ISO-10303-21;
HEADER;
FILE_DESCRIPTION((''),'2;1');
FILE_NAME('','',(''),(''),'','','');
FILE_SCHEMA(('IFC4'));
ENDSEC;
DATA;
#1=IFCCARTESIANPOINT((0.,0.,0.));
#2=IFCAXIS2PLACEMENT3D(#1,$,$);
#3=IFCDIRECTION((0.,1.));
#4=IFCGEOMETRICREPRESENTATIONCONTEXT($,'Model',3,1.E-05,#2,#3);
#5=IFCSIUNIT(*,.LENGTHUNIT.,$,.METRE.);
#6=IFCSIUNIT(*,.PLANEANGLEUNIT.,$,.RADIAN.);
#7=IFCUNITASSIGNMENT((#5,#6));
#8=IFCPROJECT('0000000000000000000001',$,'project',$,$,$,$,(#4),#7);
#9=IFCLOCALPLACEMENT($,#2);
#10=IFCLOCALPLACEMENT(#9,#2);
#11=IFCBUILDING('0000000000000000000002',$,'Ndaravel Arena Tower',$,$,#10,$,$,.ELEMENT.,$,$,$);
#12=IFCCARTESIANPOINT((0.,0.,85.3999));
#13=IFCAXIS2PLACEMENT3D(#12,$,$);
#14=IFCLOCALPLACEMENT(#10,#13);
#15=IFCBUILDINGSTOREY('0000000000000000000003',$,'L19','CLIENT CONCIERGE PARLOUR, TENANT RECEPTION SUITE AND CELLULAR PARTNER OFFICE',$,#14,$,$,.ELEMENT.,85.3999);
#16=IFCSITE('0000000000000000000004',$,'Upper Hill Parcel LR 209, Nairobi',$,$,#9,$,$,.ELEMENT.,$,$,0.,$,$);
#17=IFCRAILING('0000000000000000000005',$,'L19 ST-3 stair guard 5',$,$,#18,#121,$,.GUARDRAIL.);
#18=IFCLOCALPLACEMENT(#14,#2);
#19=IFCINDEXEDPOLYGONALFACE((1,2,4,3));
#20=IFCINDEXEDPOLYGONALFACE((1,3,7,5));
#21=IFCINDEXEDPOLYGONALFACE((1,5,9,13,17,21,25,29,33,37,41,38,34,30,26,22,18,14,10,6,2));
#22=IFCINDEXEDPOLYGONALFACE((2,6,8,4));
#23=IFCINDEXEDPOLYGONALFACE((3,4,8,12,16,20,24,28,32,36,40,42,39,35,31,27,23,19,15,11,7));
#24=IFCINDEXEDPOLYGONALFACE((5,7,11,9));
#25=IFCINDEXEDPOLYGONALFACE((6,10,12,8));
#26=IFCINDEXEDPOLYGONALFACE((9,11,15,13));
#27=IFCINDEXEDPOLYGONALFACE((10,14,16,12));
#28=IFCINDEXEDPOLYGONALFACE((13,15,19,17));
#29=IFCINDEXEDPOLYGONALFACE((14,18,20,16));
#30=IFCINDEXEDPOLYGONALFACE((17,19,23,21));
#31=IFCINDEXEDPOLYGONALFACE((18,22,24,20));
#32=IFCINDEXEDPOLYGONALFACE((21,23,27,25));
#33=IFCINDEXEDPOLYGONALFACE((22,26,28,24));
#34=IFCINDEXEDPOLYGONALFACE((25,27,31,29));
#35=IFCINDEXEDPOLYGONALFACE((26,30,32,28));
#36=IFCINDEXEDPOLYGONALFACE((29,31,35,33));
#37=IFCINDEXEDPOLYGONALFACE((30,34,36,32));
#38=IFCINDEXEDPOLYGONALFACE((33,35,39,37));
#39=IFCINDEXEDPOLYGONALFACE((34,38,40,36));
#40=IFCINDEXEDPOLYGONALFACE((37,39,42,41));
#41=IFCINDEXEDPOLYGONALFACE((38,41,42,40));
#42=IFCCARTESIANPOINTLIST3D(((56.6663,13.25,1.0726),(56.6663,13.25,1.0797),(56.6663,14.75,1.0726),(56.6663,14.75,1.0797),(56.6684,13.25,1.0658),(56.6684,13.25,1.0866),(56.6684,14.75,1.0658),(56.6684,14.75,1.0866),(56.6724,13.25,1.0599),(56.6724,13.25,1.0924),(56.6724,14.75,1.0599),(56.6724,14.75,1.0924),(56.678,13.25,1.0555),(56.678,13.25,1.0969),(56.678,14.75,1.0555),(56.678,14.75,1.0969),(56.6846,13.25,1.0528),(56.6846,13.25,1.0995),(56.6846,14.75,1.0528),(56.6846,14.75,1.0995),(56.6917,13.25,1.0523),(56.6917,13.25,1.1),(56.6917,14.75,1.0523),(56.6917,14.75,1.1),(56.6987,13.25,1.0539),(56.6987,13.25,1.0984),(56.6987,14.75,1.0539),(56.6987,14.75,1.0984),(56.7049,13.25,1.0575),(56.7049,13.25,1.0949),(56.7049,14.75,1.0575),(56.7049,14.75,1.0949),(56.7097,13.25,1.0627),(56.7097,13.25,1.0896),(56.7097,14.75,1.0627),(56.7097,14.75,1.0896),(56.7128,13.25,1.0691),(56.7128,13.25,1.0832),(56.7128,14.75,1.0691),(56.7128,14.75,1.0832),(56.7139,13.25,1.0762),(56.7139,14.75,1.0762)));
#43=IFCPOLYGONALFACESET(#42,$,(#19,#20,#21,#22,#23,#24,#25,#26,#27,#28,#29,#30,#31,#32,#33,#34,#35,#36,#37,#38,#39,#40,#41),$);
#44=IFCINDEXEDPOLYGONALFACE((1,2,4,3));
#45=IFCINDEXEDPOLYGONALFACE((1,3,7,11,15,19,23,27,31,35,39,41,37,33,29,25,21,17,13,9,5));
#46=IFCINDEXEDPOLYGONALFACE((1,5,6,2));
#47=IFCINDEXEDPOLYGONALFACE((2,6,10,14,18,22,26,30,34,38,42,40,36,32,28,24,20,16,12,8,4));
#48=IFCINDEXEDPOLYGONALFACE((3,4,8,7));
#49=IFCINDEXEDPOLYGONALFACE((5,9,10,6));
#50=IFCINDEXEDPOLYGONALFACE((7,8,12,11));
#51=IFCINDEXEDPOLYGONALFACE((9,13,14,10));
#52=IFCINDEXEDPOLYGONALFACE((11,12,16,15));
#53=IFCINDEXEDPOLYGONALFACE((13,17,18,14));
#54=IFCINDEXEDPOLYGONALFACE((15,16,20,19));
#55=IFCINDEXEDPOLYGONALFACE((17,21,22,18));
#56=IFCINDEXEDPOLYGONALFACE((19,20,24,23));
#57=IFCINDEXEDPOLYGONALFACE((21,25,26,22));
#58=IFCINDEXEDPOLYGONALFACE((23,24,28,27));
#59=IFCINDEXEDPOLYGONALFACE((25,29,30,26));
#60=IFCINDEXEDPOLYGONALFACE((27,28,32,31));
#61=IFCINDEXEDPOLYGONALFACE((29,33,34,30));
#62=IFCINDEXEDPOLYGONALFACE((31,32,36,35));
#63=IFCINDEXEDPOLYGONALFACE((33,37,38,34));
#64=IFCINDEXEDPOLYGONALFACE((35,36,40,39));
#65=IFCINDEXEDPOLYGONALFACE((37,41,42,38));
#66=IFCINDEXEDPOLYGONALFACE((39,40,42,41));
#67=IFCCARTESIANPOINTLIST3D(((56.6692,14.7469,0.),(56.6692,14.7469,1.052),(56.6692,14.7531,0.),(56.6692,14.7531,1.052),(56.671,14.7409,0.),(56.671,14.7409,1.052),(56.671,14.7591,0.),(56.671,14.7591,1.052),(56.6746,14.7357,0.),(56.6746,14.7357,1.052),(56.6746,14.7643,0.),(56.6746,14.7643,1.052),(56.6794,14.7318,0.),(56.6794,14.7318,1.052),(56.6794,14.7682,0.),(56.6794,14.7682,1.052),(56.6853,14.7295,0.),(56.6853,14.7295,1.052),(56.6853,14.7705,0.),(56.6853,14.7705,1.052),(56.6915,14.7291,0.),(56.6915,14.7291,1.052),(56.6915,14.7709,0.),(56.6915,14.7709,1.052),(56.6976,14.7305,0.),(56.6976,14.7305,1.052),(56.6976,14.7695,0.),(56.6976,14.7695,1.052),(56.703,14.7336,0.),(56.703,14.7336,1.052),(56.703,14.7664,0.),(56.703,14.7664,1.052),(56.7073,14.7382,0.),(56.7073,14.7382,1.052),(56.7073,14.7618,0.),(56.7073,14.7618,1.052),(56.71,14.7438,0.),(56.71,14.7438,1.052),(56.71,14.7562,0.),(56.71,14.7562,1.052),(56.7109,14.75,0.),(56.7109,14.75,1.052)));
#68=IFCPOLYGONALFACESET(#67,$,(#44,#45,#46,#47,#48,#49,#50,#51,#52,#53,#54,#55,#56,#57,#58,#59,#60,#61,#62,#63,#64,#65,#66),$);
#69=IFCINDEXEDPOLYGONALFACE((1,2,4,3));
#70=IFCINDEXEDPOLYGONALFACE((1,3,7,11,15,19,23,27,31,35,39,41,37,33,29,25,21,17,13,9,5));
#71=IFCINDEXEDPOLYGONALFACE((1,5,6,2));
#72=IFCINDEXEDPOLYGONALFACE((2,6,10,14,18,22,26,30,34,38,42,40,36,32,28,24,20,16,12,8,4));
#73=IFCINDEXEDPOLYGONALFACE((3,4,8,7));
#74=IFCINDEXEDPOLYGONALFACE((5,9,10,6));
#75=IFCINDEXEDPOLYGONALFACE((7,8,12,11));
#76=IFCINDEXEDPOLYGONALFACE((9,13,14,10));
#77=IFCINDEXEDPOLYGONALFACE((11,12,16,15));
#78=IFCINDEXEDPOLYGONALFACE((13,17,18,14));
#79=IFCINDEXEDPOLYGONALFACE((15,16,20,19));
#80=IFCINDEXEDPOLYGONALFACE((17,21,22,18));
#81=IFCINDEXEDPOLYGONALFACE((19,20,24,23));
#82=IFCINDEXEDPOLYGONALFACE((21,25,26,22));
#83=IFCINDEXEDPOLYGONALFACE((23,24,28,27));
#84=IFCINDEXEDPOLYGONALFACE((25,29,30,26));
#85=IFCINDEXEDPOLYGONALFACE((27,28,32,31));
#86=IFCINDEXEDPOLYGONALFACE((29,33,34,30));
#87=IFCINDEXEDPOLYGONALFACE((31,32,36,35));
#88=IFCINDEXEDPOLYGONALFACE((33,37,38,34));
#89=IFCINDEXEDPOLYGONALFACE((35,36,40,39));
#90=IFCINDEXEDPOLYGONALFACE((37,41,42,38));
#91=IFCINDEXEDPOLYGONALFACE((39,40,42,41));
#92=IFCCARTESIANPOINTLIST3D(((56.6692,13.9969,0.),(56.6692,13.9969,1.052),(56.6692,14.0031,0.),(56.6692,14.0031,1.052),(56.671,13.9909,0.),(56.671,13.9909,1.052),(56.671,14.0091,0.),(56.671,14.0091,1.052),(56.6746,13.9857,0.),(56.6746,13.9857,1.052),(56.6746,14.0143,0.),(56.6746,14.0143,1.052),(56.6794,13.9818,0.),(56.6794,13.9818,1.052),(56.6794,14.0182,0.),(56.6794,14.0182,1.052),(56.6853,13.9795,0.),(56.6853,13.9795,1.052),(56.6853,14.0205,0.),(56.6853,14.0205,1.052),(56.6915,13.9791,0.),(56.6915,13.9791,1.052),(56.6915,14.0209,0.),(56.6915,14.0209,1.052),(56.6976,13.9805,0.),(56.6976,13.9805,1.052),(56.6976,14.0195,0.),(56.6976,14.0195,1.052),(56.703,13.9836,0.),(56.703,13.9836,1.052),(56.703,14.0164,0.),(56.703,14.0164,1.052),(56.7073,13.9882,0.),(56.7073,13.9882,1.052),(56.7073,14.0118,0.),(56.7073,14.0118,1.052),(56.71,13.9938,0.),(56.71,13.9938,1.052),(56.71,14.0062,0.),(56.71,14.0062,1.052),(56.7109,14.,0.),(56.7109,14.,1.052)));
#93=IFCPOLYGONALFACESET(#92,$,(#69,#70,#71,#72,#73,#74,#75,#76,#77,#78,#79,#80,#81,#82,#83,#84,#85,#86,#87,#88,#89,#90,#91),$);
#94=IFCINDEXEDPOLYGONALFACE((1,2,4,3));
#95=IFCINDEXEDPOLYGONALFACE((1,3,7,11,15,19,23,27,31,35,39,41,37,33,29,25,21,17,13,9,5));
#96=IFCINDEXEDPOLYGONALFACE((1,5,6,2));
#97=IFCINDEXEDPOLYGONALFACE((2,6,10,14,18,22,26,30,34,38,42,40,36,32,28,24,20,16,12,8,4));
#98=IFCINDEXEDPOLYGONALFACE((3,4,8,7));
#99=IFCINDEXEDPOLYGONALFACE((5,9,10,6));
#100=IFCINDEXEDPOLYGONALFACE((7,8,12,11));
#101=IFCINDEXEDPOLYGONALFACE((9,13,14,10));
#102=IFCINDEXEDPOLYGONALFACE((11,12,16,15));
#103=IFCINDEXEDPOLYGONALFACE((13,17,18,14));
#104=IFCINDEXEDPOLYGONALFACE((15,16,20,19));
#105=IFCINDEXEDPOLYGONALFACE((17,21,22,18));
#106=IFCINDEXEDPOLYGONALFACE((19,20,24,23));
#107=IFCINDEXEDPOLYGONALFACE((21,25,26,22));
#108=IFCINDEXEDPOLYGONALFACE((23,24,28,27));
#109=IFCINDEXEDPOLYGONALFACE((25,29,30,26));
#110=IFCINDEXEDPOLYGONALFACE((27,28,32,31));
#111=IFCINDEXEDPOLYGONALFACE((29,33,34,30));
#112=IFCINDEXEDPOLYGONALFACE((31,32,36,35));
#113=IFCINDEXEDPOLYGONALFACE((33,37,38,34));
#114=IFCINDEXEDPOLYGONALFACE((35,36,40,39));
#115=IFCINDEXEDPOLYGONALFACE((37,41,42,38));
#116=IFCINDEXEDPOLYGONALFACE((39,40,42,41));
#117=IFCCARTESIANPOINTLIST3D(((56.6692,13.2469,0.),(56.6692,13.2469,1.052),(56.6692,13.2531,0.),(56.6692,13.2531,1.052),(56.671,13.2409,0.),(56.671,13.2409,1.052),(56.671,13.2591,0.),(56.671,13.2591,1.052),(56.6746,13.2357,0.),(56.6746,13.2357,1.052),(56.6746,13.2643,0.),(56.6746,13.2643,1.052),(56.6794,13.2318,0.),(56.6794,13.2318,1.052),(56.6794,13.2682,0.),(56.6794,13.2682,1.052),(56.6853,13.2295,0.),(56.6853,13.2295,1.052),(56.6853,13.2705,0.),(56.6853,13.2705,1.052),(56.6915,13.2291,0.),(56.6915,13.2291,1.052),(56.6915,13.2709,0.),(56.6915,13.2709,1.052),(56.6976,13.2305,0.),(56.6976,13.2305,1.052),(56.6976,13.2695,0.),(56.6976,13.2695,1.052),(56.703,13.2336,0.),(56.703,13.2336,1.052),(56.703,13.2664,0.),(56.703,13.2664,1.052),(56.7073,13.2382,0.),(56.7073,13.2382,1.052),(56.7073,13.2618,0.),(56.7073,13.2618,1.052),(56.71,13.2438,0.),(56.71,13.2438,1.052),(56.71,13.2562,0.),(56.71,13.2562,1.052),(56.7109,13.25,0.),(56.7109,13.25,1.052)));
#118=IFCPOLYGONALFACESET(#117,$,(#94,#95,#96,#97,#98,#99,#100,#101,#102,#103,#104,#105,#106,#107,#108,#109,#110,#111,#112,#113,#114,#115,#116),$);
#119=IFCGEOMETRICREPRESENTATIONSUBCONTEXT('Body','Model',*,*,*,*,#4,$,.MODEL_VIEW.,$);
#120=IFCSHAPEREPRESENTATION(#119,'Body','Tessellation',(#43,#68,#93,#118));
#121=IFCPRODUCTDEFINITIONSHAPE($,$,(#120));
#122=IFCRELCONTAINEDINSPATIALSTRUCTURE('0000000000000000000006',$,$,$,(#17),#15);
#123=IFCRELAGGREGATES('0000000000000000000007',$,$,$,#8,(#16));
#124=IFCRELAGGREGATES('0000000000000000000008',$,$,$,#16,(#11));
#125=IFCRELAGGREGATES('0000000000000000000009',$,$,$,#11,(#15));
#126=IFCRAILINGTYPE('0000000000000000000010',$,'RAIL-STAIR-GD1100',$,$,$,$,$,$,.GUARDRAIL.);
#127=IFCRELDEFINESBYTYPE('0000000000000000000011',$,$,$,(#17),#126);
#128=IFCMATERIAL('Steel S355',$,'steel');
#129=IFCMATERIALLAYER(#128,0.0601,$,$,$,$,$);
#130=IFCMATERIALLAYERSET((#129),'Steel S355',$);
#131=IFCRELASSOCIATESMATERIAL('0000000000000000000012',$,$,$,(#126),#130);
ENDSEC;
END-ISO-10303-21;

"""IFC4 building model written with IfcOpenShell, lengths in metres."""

from ifc_helpers import new_model, si_unit, direction, frame, origin, origin_2d, place, context, subcontext, project, spatial, circle, extrude, material, layer, layer_set, type_object, element, save


model = new_model("IFC4")

# Units and contexts
model_context = context("Model", 3, precision=1e-05, world=origin(), true_north=direction((0.0, 1.0)))
body_context = subcontext(model_context, "Body", "Model", "MODEL_VIEW")
ifc_project = project(units=[si_unit("LENGTHUNIT", "METRE"), si_unit("PLANEANGLEUNIT", "RADIAN")], contexts=[model_context])

# Site, building, storey
site_placement = place(None, origin())
site = spatial("IfcSite", under=ifc_project, at=site_placement, Name="Upper Hill Parcel LR 209, Nairobi", CompositionType="ELEMENT", RefElevation=0.0)
building_placement = place(site_placement, origin())
building = spatial("IfcBuilding", under=site, at=building_placement, Name="Ndaravel Arena Tower", CompositionType="ELEMENT")
storey_placement = place(building_placement, frame((0.0, 0.0, 85.3999)))
storey = spatial("IfcBuildingStorey", under=building, at=storey_placement, Name="L19", Description="CLIENT CONCIERGE PARLOUR, TENANT RECEPTION SUITE AND CELLULAR PARTNER OFFICE", CompositionType="ELEMENT", Elevation=85.3999)

# Railing
ifc_material_1 = material(Name="Steel S355", Category="steel")
ifc_layer_1 = layer(ifc_material_1, 0.0601)
ifc_layer_set_1 = layer_set([ifc_layer_1], Name="Steel S355")
railing_type = type_object("IfcRailingType", Name="RAIL-STAIR-GD1100", PredefinedType="GUARDRAIL", material=ifc_layer_set_1)
for number, where, name in (
    (1, (56.6899, 14.75, 0.0), "L19 ST-3 stair guard 5"),
):
    element("IfcRailing", number, at=place(storey_placement, frame(where)), inside=storey, type_object=railing_type, Name=name, PredefinedType="GUARDRAIL", context=body_context, shape_type="SweptSolid", body=[
        extrude(circle(Radius=0.0239, at=origin_2d()), frame((0.0, 0.0, 1.0762), z_axis=(0.0, -1.0, 0.0), x_axis=(1.0, 0.0, 0.0)), (0.0, 0.0, 1.0), 1.5),
        extrude(circle(Radius=0.021, at=origin_2d()), origin(), (0.0, 0.0, 1.0), 1.052),
        extrude(circle(Radius=0.021, at=origin_2d()), frame((0.0, -0.75, 0.0)), (0.0, 0.0, 1.0), 1.052),
        extrude(circle(Radius=0.021, at=origin_2d()), frame((0.0, -1.5, 0.0)), (0.0, 0.0, 1.0), 1.052),
    ])

save(model, "model.ifc")
